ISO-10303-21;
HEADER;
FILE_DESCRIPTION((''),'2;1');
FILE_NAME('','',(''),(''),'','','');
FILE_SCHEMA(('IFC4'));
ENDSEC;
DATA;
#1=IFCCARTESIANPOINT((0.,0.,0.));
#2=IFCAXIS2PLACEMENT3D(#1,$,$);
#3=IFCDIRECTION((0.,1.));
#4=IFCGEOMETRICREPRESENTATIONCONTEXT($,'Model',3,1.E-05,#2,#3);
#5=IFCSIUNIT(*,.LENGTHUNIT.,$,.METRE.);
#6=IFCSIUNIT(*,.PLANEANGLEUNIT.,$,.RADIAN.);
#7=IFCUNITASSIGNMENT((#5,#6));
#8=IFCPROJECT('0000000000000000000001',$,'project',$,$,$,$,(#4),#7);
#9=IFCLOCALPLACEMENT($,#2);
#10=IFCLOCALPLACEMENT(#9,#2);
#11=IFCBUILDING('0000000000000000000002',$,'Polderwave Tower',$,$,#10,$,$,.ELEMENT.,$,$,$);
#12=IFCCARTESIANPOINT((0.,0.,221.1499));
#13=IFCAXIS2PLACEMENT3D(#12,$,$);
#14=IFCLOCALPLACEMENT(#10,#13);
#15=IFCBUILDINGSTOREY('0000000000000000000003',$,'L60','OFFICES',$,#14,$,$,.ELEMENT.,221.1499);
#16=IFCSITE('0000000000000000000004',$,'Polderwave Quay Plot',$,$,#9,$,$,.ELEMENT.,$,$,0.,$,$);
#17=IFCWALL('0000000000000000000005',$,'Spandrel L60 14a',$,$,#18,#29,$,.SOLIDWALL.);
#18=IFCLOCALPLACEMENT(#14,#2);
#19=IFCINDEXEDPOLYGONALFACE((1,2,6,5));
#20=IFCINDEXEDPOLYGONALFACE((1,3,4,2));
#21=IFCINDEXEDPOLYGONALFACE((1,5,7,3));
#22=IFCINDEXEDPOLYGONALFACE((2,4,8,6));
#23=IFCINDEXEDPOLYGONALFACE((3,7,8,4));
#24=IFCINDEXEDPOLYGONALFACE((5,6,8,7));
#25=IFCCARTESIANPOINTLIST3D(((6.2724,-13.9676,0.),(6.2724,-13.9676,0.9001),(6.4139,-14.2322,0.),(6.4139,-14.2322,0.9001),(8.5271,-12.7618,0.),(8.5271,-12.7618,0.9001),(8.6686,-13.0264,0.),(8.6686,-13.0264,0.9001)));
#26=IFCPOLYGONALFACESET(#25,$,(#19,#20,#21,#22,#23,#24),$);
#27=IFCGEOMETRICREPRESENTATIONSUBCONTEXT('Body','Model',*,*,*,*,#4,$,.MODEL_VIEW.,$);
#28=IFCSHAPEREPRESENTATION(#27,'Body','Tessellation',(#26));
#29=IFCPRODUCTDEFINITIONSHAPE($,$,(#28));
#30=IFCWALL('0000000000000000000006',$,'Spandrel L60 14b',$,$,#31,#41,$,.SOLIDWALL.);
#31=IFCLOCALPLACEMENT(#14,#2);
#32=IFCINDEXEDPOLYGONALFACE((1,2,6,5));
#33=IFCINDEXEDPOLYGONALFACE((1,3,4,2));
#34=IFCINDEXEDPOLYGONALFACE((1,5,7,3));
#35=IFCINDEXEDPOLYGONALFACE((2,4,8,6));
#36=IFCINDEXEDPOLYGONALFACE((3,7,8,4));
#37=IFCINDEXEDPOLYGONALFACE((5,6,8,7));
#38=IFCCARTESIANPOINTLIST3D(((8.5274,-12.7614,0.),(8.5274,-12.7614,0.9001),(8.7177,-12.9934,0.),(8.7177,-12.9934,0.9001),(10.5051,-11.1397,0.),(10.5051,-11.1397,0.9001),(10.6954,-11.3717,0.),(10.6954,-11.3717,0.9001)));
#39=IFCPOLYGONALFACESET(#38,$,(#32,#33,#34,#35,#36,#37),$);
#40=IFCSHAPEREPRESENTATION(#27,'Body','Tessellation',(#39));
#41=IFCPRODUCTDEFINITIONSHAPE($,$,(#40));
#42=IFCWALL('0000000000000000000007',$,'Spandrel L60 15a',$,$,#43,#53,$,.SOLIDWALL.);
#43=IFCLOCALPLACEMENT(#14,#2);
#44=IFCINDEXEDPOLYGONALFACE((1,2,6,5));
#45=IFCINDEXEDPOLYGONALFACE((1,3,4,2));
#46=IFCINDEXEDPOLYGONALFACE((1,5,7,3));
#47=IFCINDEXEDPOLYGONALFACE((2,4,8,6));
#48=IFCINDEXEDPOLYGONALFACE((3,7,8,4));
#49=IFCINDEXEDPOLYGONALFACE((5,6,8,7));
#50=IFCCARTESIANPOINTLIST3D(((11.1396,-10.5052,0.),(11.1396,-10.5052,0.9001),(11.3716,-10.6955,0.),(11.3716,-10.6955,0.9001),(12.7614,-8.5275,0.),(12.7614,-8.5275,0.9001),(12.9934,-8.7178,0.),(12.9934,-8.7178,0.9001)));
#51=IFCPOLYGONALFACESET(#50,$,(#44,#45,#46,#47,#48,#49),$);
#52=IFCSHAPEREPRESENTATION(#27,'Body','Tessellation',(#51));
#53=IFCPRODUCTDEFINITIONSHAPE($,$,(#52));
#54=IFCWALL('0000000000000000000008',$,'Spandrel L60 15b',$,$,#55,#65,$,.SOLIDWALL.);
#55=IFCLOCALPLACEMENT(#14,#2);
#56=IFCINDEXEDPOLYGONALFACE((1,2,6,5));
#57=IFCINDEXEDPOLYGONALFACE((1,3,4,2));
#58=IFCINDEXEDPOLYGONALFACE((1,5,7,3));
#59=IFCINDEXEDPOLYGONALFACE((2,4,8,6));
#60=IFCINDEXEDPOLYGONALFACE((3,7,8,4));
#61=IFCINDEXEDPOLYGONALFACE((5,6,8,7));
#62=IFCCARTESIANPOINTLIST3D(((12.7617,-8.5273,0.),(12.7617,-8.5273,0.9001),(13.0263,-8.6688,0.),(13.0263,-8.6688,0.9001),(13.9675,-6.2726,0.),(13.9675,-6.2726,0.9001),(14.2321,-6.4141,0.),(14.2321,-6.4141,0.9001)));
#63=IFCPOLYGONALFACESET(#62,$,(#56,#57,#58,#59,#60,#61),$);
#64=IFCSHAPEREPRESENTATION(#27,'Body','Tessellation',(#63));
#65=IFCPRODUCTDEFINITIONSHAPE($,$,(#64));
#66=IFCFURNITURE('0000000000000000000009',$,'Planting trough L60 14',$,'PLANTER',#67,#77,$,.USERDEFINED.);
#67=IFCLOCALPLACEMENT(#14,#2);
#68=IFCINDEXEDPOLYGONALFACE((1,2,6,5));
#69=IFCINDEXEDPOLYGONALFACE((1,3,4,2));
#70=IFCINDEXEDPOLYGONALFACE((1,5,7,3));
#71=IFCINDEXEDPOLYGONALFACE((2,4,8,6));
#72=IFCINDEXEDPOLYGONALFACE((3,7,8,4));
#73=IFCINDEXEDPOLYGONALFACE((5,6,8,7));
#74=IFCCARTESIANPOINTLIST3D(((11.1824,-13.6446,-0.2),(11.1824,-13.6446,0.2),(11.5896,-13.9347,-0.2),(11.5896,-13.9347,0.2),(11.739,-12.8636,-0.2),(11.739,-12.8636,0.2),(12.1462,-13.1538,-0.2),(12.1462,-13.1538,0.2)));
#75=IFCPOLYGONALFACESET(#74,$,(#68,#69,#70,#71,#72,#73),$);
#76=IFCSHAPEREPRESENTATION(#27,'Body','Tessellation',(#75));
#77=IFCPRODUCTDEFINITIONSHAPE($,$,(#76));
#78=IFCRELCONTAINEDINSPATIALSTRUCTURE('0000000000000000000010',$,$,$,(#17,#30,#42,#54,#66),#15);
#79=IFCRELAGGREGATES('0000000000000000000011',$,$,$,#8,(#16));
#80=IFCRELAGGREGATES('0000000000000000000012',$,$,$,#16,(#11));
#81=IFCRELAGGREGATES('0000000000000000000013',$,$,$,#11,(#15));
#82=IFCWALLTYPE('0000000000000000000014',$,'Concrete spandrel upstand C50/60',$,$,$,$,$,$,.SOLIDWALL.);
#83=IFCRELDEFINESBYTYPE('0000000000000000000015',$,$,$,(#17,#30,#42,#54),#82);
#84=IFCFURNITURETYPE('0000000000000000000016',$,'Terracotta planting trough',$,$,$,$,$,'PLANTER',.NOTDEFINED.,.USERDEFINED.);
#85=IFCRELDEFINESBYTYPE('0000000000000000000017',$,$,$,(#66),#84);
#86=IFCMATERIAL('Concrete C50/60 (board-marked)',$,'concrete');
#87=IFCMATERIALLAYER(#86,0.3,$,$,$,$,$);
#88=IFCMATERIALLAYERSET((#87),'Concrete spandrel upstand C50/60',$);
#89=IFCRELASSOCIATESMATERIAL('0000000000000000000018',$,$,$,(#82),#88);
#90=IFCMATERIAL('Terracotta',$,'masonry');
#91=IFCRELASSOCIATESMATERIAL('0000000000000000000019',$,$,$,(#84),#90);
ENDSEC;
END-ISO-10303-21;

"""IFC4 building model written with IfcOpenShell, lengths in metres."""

from ifc_helpers import new_model, si_unit, direction, frame, frame_2d, origin, origin_2d, place, context, subcontext, project, spatial, rectangle, extrude, material, layer, layer_set, type_object, element, save


model = new_model("IFC4")

# Units and contexts
model_context = context("Model", 3, precision=1e-05, world=origin(), true_north=direction((0.0, 1.0)))
body_context = subcontext(model_context, "Body", "Model", "MODEL_VIEW")
ifc_project = project(units=[si_unit("LENGTHUNIT", "METRE"), si_unit("PLANEANGLEUNIT", "RADIAN")], contexts=[model_context])

# Site, building, storey
site_placement = place(None, origin())
site = spatial("IfcSite", under=ifc_project, at=site_placement, Name="Polderwave Quay Plot", CompositionType="ELEMENT", RefElevation=0.0)
building_placement = place(site_placement, origin())
building = spatial("IfcBuilding", under=site, at=building_placement, Name="Polderwave Tower", CompositionType="ELEMENT")
storey_placement = place(building_placement, frame((0.0, 0.0, 221.1499)))
storey = spatial("IfcBuildingStorey", under=building, at=storey_placement, Name="L60", Description="OFFICES", CompositionType="ELEMENT", Elevation=221.1499)

# Walls
ifc_material_1 = material(Name="Concrete C50/60 (board-marked)", Category="concrete")
ifc_layer_1 = layer(ifc_material_1, 0.3)
ifc_layer_set_1 = layer_set([ifc_layer_1], Name="Concrete spandrel upstand C50/60")
wall_type = type_object("IfcWallType", Name="Concrete spandrel upstand C50/60", PredefinedType="SOLIDWALL", material=ifc_layer_set_1)
wall_1_placement = place(storey_placement, frame((6.3433, -14.0999, 0.0), z_axis=(0.0, 0.0, 1.0), x_axis=(0.88181, 0.471604, 0.0)))
element("IfcWall", 1, at=wall_1_placement, inside=storey, type_object=wall_type, Name="Spandrel L60 14a", PredefinedType="SOLIDWALL", context=body_context, shape_type="SweptSolid", body=[
    extrude(rectangle(XDim=2.5569, YDim=0.3, at=frame_2d((1.2783, 0.0))), origin(), (0.0, 0.0, 1.0), 0.9001),
])
for number, where, z_axis, x_axis, name in (
    (2, (8.6226, -12.8774, 0.0), (0.0, 0.0, 1.0), (0.773259, 0.63409, 0.0), "Spandrel L60 14b"),
    (3, (11.2556, -10.6003, 0.0), (0.0, 0.0, 1.0), (0.63409, 0.773259, 0.0), "Spandrel L60 15a"),
):
    element("IfcWall", number, at=place(storey_placement, frame(where, z_axis=z_axis, x_axis=x_axis)), inside=storey, type_object=wall_type, Name=name, PredefinedType="SOLIDWALL", context=body_context, shape_type="SweptSolid", body=[
        extrude(rectangle(XDim=2.5576, YDim=0.3, at=frame_2d((1.2788, 0.0))), origin(), (0.0, 0.0, 1.0), 0.9001),
    ])
wall_2_placement = place(storey_placement, frame((12.894, -8.5979, 0.0), z_axis=(0.0, 0.0, 1.0), x_axis=(0.471604, 0.88181, 0.0)))
element("IfcWall", 4, at=wall_2_placement, inside=storey, type_object=wall_type, Name="Spandrel L60 15b", PredefinedType="SOLIDWALL", context=body_context, shape_type="SweptSolid", body=[
    extrude(rectangle(XDim=2.5569, YDim=0.3, at=frame_2d((1.2783, 0.0))), origin(), (0.0, 0.0, 1.0), 0.9001),
])

# Furniture
ifc_material_2 = material(Name="Terracotta", Category="masonry")
furniture_type = type_object("IfcFurnitureType", Name="Terracotta planting trough", ElementType="PLANTER", AssemblyPlace="NOTDEFINED", PredefinedType="USERDEFINED", material=ifc_material_2)
furniture_placement = place(storey_placement, frame((11.6643, -13.3992, -0.2), z_axis=(0.0, 0.0, 1.0), x_axis=(0.580325, 0.814385, 0.0)))
element("IfcFurniture", 5, at=furniture_placement, inside=storey, type_object=furniture_type, Name="Planting trough L60 14", ObjectType="PLANTER", PredefinedType="USERDEFINED", context=body_context, shape_type="SweptSolid", body=[
    extrude(rectangle(XDim=0.959, YDim=0.5, at=origin_2d()), origin(), (0.0, 0.0, 1.0), 0.3999),
])

save(model, "model.ifc")
